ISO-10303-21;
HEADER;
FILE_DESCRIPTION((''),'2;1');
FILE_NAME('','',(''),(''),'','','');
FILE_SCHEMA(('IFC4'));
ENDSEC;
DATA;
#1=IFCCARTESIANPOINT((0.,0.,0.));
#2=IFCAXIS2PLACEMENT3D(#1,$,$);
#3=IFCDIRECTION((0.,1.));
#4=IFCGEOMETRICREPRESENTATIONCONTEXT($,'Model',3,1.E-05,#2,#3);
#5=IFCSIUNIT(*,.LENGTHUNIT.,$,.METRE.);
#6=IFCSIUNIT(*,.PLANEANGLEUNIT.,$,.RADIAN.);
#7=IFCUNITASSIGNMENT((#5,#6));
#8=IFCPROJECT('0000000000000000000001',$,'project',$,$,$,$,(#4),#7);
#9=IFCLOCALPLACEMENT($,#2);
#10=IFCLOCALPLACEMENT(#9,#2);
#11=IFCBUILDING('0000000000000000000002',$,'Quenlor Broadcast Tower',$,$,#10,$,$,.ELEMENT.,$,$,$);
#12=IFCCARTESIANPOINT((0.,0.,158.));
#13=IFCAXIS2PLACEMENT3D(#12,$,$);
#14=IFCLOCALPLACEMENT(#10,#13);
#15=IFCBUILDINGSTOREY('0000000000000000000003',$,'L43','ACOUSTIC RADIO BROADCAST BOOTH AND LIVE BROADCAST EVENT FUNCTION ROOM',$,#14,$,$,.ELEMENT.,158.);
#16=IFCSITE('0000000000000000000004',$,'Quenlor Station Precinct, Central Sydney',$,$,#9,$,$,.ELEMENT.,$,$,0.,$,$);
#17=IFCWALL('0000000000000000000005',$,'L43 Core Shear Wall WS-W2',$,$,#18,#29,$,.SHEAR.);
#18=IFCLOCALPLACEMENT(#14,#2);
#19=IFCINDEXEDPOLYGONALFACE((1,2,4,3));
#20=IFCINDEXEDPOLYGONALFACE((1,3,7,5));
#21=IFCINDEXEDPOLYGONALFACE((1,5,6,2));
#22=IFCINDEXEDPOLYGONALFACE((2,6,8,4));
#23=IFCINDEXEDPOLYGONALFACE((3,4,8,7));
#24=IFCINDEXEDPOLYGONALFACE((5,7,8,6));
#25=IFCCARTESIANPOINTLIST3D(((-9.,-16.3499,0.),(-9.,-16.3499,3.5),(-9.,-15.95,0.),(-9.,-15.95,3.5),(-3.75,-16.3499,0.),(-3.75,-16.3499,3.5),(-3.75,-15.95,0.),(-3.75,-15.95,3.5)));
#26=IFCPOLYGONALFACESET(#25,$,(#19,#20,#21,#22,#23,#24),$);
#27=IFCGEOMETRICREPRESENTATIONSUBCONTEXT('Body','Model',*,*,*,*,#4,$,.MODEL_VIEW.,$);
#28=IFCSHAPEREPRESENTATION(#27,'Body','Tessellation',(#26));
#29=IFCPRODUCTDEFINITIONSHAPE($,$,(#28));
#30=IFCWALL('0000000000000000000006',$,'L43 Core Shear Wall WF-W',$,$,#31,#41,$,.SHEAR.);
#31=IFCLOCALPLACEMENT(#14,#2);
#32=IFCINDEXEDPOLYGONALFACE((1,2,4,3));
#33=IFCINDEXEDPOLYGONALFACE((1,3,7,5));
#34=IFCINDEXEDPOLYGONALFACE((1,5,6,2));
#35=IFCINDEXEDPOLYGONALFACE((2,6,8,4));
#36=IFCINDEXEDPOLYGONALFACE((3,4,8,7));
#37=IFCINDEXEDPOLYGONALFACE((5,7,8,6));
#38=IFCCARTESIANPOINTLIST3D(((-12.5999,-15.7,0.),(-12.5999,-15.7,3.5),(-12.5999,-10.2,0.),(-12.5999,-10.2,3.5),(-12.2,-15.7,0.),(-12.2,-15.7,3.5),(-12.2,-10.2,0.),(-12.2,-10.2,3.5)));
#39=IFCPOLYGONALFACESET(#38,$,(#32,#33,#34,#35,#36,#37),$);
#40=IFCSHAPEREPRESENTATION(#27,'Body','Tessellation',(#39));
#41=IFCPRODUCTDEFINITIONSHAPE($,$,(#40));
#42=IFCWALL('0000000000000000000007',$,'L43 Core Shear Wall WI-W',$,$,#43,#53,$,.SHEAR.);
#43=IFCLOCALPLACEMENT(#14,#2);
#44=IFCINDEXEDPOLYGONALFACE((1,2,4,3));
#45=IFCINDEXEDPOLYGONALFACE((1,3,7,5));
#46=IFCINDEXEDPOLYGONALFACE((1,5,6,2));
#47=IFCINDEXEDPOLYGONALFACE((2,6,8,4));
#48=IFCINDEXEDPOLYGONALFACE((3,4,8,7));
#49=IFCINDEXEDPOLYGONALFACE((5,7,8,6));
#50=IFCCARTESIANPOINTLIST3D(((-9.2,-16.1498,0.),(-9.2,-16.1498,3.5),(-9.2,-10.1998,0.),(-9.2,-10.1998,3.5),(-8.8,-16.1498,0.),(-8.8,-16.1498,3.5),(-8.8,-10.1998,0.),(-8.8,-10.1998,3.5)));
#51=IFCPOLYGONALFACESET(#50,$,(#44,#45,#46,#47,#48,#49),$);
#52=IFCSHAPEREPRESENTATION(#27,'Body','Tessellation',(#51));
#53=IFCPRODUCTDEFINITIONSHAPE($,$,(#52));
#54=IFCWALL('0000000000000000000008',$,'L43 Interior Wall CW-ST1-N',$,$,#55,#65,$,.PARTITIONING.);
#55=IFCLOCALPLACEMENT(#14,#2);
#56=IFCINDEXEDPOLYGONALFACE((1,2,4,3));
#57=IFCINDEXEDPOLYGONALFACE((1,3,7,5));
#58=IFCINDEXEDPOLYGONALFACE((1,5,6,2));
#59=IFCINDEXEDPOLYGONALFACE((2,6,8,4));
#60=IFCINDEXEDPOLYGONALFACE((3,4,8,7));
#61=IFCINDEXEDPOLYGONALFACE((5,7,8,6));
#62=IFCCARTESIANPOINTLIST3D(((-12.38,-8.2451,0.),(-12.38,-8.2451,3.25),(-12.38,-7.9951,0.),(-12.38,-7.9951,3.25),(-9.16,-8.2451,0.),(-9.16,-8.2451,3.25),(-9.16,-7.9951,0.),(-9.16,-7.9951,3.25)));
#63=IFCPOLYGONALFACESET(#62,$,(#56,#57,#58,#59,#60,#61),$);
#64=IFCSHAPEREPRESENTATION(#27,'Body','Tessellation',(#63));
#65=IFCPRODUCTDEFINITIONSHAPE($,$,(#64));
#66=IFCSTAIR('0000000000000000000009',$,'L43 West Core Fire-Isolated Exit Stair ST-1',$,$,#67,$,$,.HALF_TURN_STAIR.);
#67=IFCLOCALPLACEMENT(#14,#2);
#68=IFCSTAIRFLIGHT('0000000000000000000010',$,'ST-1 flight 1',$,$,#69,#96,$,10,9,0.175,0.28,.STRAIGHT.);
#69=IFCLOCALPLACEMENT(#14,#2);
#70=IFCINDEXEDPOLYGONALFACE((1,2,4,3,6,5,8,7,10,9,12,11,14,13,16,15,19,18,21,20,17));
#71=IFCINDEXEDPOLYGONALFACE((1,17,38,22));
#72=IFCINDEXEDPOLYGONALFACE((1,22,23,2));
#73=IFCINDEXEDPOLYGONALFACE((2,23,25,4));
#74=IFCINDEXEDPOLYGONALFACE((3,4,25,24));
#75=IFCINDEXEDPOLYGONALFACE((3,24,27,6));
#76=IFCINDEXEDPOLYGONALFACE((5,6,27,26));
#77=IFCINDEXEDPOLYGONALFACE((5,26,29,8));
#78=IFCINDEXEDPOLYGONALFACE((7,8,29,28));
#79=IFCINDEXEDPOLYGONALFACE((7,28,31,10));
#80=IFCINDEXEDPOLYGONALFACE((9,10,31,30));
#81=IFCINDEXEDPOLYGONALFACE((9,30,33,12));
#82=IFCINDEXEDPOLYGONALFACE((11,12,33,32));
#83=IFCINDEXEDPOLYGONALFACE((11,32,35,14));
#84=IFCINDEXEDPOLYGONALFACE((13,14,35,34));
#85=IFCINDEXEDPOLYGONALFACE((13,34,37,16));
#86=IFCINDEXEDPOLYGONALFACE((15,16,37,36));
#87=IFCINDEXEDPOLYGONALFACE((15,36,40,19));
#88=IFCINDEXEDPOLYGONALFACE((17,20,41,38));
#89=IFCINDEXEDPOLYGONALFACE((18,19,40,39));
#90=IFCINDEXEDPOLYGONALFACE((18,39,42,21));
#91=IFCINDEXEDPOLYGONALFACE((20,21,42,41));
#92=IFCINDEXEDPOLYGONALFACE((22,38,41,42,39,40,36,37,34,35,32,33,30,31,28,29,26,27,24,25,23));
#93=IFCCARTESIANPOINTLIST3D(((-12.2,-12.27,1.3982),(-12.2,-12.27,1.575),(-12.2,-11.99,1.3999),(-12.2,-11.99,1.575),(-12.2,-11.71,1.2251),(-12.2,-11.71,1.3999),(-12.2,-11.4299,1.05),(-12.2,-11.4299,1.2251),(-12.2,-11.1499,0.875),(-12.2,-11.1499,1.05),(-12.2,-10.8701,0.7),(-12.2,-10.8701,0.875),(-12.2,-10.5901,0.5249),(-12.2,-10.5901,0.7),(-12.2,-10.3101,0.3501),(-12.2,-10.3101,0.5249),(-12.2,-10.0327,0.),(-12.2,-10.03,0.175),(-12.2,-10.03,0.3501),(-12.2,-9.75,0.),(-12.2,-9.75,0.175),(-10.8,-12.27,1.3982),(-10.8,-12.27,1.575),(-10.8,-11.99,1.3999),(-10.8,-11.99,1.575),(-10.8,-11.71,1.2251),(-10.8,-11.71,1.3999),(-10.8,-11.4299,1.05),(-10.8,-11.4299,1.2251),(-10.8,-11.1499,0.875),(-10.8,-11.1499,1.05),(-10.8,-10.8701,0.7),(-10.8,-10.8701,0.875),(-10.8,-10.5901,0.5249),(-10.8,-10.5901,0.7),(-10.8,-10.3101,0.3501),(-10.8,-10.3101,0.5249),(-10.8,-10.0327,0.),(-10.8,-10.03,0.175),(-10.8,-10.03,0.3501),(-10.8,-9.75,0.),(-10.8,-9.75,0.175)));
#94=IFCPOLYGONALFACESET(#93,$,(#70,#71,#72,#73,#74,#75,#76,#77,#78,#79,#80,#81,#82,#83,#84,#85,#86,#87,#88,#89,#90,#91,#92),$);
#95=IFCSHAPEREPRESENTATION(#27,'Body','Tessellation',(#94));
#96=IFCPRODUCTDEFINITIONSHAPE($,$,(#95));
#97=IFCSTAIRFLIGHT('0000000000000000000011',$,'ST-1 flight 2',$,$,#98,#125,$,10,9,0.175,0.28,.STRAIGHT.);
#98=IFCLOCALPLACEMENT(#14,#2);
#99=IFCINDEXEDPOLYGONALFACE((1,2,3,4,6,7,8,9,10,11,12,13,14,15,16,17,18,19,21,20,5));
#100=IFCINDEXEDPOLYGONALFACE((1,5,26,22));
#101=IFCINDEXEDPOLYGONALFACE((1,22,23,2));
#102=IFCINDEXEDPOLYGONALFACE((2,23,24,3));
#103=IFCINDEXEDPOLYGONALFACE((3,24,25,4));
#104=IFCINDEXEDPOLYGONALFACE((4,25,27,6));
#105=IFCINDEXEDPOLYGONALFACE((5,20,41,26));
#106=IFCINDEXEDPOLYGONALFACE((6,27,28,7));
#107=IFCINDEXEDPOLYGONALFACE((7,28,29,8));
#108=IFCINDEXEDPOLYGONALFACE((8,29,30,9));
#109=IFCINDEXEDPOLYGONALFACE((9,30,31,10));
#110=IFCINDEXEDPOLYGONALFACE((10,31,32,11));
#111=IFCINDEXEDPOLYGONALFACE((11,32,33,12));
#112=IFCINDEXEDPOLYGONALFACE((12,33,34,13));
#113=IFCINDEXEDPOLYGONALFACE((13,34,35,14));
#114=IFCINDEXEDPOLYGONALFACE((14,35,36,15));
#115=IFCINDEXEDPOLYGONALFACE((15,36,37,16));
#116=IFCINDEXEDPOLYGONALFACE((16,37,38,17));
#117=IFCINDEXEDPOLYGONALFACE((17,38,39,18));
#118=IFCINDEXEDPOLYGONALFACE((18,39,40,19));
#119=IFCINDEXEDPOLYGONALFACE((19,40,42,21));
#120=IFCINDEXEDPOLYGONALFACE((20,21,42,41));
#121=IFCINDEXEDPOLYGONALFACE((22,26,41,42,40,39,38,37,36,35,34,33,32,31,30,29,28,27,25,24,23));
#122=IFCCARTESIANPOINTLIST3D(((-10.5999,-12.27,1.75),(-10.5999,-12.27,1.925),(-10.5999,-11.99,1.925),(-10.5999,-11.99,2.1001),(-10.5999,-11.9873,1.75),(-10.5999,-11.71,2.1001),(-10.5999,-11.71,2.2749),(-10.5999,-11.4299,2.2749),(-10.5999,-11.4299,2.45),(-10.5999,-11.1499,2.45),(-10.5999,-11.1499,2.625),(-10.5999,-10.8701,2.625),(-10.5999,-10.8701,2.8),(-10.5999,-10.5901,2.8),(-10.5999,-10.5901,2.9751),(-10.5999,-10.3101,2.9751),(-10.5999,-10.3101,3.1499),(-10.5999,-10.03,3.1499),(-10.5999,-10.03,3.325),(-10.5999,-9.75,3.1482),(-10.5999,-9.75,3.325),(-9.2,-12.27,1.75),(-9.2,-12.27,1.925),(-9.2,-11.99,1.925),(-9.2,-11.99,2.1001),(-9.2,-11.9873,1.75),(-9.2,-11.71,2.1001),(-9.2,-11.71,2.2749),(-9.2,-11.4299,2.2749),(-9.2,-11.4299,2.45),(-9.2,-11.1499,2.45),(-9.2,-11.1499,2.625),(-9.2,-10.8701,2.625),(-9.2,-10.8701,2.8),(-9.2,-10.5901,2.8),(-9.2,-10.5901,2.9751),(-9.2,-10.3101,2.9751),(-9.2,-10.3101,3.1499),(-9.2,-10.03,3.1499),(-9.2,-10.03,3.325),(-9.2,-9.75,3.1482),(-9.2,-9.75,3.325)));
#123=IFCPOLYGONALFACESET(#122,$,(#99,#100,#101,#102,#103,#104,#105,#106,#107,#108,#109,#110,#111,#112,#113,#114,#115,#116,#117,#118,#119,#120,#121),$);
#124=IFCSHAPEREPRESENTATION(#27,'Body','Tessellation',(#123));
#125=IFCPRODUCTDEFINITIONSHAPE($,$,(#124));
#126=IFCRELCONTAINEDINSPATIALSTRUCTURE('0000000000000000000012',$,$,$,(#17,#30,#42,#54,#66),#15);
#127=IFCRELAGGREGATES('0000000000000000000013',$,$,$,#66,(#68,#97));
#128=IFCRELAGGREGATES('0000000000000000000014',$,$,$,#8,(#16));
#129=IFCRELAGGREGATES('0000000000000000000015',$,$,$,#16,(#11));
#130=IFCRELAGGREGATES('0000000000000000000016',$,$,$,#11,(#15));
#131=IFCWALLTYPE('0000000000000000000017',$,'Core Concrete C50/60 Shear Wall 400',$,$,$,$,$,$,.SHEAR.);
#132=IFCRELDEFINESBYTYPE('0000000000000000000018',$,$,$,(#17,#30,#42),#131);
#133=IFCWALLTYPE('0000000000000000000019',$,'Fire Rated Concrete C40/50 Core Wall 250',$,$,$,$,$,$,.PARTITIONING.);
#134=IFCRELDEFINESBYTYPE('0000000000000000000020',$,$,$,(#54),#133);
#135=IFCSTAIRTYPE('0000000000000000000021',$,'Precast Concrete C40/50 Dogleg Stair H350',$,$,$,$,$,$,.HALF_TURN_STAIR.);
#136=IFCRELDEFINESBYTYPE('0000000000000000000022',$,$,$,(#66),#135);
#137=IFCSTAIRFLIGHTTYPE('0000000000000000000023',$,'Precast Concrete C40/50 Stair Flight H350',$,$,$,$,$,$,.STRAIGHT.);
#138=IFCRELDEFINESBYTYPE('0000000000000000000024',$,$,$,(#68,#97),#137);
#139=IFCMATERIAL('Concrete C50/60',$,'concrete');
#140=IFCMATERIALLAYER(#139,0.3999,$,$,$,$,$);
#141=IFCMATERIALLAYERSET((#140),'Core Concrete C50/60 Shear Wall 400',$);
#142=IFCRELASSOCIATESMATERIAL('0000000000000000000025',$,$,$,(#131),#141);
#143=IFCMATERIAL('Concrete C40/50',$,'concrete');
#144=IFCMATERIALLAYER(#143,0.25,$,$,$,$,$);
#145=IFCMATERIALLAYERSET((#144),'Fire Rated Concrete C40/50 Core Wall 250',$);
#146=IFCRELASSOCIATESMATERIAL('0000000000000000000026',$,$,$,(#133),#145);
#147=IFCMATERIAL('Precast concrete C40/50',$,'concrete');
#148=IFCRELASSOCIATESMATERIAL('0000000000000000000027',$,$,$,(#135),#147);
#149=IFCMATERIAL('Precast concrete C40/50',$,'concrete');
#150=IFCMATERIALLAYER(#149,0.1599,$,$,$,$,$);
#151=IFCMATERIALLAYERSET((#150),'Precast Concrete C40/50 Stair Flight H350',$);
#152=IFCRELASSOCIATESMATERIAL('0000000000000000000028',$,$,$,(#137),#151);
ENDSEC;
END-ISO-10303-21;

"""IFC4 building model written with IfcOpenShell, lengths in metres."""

from ifc_helpers import new_model, si_unit, direction, frame, frame_2d, origin, place, context, subcontext, project, spatial, polyline, rectangle, outline, extrude, material, layer, layer_set, type_object, element, aggregate, save


model = new_model("IFC4")

# Units and contexts
model_context = context("Model", 3, precision=1e-05, world=origin(), true_north=direction((0.0, 1.0)))
body_context = subcontext(model_context, "Body", "Model", "MODEL_VIEW")
ifc_project = project(units=[si_unit("LENGTHUNIT", "METRE"), si_unit("PLANEANGLEUNIT", "RADIAN")], contexts=[model_context])

# Site, building, storey
site_placement = place(None, origin())
site = spatial("IfcSite", under=ifc_project, at=site_placement, Name="Quenlor Station Precinct, Central Sydney", CompositionType="ELEMENT", RefElevation=0.0)
building_placement = place(site_placement, origin())
building = spatial("IfcBuilding", under=site, at=building_placement, Name="Quenlor Broadcast Tower", CompositionType="ELEMENT")
storey_placement = place(building_placement, frame((0.0, 0.0, 158.0)))
storey = spatial("IfcBuildingStorey", under=building, at=storey_placement, Name="L43", Description="ACOUSTIC RADIO BROADCAST BOOTH AND LIVE BROADCAST EVENT FUNCTION ROOM", CompositionType="ELEMENT", Elevation=158.0)

# Walls
ifc_material_1 = material(Name="Concrete C50/60", Category="concrete")
ifc_layer_1 = layer(ifc_material_1, 0.3999)
ifc_layer_set_1 = layer_set([ifc_layer_1], Name="Core Concrete C50/60 Shear Wall 400")
wall_type_1 = type_object("IfcWallType", Name="Core Concrete C50/60 Shear Wall 400", PredefinedType="SHEAR", material=ifc_layer_set_1)
wall_1_placement = place(storey_placement, frame((-9.0, -16.1499, 0.0), z_axis=(0.0, 0.0, 1.0), x_axis=(1.0, 0.0, 0.0)))
element("IfcWall", 1, at=wall_1_placement, inside=storey, type_object=wall_type_1, Name="L43 Core Shear Wall WS-W2", PredefinedType="SHEAR", context=body_context, shape_type="SweptSolid", body=[
    extrude(rectangle(XDim=5.25, YDim=0.3999, at=frame_2d((2.625, 0.0))), origin(), (0.0, 0.0, 1.0), 3.5),
])
wall_2_placement = place(storey_placement, frame((-12.3999, -15.7, 0.0), z_axis=(0.0, 0.0, 1.0), x_axis=(0.0, 1.0, 0.0)))
element("IfcWall", 2, at=wall_2_placement, inside=storey, type_object=wall_type_1, Name="L43 Core Shear Wall WF-W", PredefinedType="SHEAR", context=body_context, shape_type="SweptSolid", body=[
    extrude(rectangle(XDim=5.5, YDim=0.3999, at=frame_2d((2.75, 0.0))), origin(), (0.0, 0.0, 1.0), 3.5),
])
wall_3_placement = place(storey_placement, frame((-9.0, -16.1499, 0.0), z_axis=(0.0, 0.0, 1.0), x_axis=(0.0, 1.0, 0.0)))
element("IfcWall", 3, at=wall_3_placement, inside=storey, type_object=wall_type_1, Name="L43 Core Shear Wall WI-W", PredefinedType="SHEAR", context=body_context, shape_type="SweptSolid", body=[
    extrude(rectangle(XDim=5.95, YDim=0.3999, at=frame_2d((2.9751, 0.0))), origin(), (0.0, 0.0, 1.0), 3.5),
])

# Shared definitions
ifc_material_2 = material(Name="Concrete C40/50", Category="concrete")
ifc_layer_2 = layer(ifc_material_2, 0.25)
ifc_layer_set_2 = layer_set([ifc_layer_2], Name="Fire Rated Concrete C40/50 Core Wall 250")
wall_type_2 = type_object("IfcWallType", Name="Fire Rated Concrete C40/50 Core Wall 250", PredefinedType="PARTITIONING", material=ifc_layer_set_2)

# Wall
wall_4_placement = place(storey_placement, frame((-12.3799, -8.1201, 0.0), z_axis=(0.0, 0.0, 1.0), x_axis=(1.0, 0.0, 0.0)))
element("IfcWall", 4, at=wall_4_placement, inside=storey, type_object=wall_type_2, Name="L43 Interior Wall CW-ST1-N", PredefinedType="PARTITIONING", context=body_context, shape_type="SweptSolid", body=[
    extrude(rectangle(XDim=3.22, YDim=0.25, at=frame_2d((1.6099, 0.0))), origin(), (0.0, 0.0, 1.0), 3.25),
])

# Stair, stair flights
ifc_material_3 = material(Name="Precast concrete C40/50", Category="concrete")
stair_type = type_object("IfcStairType", Name="Precast Concrete C40/50 Dogleg Stair H350", PredefinedType="HALF_TURN_STAIR", material=ifc_material_3)
stair_placement = place(storey_placement, origin())
stair = element("IfcStair", 5, at=stair_placement, inside=storey, type_object=stair_type, Name="L43 West Core Fire-Isolated Exit Stair ST-1", PredefinedType="HALF_TURN_STAIR")
ifc_material_4 = material(Name="Precast concrete C40/50", Category="concrete")
ifc_layer_3 = layer(ifc_material_4, 0.1599)
ifc_layer_set_3 = layer_set([ifc_layer_3], Name="Precast Concrete C40/50 Stair Flight H350")
stair_flight_type = type_object("IfcStairFlightType", Name="Precast Concrete C40/50 Stair Flight H350", PredefinedType="STRAIGHT", material=ifc_layer_set_3)
stair_flight_1_placement = place(storey_placement, frame((-11.5, -9.75, 0.0), z_axis=(0.0, 0.0, 1.0), x_axis=(0.0, -1.0, 0.0)))
stair_flight_1 = element("IfcStairFlight", 6, at=stair_flight_1_placement, type_object=stair_flight_type, Name="ST-1 flight 1", NumberOfRisers=10, NumberOfTreads=9, PredefinedType="STRAIGHT", RiserHeight=0.175, TreadLength=0.28, context=body_context, shape_type="SweptSolid", body=[
    extrude(outline(polyline([(0.0, 0.0), (0.0, 0.175), (0.28, 0.175), (0.28, 0.3501), (0.5601, 0.3501), (0.5601, 0.5249), (0.8401, 0.5249), (0.8401, 0.7), (1.1201, 0.7), (1.1201, 0.875), (1.3999, 0.875), (1.3999, 1.05), (1.6799, 1.05), (1.6799, 1.2251), (1.96, 1.2251), (1.96, 1.3999), (2.24, 1.3999), (2.24, 1.575), (2.52, 1.575), (2.52, 1.75), (2.52, 1.3982), (0.2827, 0.0), (0.0, 0.0)])), frame((0.0, 0.7, 0.0), z_axis=(0.0, -1.0, 0.0), x_axis=(1.0, 0.0, 0.0)), (0.0, 0.0, 1.0), 1.3999),
])
stair_flight_2_placement = place(storey_placement, frame((-9.8999, -12.27, 1.75), z_axis=(0.0, 0.0, 1.0), x_axis=(0.0, 1.0, 0.0)))
stair_flight_2 = element("IfcStairFlight", 7, at=stair_flight_2_placement, type_object=stair_flight_type, Name="ST-1 flight 2", NumberOfRisers=10, NumberOfTreads=9, PredefinedType="STRAIGHT", RiserHeight=0.175, TreadLength=0.28, context=body_context, shape_type="SweptSolid", body=[
    extrude(outline(polyline([(0.0, 0.0), (0.0, 0.175), (0.28, 0.175), (0.28, 0.3501), (0.5601, 0.3501), (0.5601, 0.5249), (0.8401, 0.5249), (0.8401, 0.7), (1.1201, 0.7), (1.1201, 0.875), (1.3999, 0.875), (1.3999, 1.05), (1.6799, 1.05), (1.6799, 1.2251), (1.96, 1.2251), (1.96, 1.3999), (2.24, 1.3999), (2.24, 1.575), (2.52, 1.575), (2.52, 1.75), (2.52, 1.3982), (0.2827, 0.0), (0.0, 0.0)])), frame((0.0, 0.7, 0.0), z_axis=(0.0, -1.0, 0.0), x_axis=(1.0, 0.0, 0.0)), (0.0, 0.0, 1.0), 1.3999),
])
aggregate(stair, [stair_flight_1, stair_flight_2])

save(model, "model.ifc")
